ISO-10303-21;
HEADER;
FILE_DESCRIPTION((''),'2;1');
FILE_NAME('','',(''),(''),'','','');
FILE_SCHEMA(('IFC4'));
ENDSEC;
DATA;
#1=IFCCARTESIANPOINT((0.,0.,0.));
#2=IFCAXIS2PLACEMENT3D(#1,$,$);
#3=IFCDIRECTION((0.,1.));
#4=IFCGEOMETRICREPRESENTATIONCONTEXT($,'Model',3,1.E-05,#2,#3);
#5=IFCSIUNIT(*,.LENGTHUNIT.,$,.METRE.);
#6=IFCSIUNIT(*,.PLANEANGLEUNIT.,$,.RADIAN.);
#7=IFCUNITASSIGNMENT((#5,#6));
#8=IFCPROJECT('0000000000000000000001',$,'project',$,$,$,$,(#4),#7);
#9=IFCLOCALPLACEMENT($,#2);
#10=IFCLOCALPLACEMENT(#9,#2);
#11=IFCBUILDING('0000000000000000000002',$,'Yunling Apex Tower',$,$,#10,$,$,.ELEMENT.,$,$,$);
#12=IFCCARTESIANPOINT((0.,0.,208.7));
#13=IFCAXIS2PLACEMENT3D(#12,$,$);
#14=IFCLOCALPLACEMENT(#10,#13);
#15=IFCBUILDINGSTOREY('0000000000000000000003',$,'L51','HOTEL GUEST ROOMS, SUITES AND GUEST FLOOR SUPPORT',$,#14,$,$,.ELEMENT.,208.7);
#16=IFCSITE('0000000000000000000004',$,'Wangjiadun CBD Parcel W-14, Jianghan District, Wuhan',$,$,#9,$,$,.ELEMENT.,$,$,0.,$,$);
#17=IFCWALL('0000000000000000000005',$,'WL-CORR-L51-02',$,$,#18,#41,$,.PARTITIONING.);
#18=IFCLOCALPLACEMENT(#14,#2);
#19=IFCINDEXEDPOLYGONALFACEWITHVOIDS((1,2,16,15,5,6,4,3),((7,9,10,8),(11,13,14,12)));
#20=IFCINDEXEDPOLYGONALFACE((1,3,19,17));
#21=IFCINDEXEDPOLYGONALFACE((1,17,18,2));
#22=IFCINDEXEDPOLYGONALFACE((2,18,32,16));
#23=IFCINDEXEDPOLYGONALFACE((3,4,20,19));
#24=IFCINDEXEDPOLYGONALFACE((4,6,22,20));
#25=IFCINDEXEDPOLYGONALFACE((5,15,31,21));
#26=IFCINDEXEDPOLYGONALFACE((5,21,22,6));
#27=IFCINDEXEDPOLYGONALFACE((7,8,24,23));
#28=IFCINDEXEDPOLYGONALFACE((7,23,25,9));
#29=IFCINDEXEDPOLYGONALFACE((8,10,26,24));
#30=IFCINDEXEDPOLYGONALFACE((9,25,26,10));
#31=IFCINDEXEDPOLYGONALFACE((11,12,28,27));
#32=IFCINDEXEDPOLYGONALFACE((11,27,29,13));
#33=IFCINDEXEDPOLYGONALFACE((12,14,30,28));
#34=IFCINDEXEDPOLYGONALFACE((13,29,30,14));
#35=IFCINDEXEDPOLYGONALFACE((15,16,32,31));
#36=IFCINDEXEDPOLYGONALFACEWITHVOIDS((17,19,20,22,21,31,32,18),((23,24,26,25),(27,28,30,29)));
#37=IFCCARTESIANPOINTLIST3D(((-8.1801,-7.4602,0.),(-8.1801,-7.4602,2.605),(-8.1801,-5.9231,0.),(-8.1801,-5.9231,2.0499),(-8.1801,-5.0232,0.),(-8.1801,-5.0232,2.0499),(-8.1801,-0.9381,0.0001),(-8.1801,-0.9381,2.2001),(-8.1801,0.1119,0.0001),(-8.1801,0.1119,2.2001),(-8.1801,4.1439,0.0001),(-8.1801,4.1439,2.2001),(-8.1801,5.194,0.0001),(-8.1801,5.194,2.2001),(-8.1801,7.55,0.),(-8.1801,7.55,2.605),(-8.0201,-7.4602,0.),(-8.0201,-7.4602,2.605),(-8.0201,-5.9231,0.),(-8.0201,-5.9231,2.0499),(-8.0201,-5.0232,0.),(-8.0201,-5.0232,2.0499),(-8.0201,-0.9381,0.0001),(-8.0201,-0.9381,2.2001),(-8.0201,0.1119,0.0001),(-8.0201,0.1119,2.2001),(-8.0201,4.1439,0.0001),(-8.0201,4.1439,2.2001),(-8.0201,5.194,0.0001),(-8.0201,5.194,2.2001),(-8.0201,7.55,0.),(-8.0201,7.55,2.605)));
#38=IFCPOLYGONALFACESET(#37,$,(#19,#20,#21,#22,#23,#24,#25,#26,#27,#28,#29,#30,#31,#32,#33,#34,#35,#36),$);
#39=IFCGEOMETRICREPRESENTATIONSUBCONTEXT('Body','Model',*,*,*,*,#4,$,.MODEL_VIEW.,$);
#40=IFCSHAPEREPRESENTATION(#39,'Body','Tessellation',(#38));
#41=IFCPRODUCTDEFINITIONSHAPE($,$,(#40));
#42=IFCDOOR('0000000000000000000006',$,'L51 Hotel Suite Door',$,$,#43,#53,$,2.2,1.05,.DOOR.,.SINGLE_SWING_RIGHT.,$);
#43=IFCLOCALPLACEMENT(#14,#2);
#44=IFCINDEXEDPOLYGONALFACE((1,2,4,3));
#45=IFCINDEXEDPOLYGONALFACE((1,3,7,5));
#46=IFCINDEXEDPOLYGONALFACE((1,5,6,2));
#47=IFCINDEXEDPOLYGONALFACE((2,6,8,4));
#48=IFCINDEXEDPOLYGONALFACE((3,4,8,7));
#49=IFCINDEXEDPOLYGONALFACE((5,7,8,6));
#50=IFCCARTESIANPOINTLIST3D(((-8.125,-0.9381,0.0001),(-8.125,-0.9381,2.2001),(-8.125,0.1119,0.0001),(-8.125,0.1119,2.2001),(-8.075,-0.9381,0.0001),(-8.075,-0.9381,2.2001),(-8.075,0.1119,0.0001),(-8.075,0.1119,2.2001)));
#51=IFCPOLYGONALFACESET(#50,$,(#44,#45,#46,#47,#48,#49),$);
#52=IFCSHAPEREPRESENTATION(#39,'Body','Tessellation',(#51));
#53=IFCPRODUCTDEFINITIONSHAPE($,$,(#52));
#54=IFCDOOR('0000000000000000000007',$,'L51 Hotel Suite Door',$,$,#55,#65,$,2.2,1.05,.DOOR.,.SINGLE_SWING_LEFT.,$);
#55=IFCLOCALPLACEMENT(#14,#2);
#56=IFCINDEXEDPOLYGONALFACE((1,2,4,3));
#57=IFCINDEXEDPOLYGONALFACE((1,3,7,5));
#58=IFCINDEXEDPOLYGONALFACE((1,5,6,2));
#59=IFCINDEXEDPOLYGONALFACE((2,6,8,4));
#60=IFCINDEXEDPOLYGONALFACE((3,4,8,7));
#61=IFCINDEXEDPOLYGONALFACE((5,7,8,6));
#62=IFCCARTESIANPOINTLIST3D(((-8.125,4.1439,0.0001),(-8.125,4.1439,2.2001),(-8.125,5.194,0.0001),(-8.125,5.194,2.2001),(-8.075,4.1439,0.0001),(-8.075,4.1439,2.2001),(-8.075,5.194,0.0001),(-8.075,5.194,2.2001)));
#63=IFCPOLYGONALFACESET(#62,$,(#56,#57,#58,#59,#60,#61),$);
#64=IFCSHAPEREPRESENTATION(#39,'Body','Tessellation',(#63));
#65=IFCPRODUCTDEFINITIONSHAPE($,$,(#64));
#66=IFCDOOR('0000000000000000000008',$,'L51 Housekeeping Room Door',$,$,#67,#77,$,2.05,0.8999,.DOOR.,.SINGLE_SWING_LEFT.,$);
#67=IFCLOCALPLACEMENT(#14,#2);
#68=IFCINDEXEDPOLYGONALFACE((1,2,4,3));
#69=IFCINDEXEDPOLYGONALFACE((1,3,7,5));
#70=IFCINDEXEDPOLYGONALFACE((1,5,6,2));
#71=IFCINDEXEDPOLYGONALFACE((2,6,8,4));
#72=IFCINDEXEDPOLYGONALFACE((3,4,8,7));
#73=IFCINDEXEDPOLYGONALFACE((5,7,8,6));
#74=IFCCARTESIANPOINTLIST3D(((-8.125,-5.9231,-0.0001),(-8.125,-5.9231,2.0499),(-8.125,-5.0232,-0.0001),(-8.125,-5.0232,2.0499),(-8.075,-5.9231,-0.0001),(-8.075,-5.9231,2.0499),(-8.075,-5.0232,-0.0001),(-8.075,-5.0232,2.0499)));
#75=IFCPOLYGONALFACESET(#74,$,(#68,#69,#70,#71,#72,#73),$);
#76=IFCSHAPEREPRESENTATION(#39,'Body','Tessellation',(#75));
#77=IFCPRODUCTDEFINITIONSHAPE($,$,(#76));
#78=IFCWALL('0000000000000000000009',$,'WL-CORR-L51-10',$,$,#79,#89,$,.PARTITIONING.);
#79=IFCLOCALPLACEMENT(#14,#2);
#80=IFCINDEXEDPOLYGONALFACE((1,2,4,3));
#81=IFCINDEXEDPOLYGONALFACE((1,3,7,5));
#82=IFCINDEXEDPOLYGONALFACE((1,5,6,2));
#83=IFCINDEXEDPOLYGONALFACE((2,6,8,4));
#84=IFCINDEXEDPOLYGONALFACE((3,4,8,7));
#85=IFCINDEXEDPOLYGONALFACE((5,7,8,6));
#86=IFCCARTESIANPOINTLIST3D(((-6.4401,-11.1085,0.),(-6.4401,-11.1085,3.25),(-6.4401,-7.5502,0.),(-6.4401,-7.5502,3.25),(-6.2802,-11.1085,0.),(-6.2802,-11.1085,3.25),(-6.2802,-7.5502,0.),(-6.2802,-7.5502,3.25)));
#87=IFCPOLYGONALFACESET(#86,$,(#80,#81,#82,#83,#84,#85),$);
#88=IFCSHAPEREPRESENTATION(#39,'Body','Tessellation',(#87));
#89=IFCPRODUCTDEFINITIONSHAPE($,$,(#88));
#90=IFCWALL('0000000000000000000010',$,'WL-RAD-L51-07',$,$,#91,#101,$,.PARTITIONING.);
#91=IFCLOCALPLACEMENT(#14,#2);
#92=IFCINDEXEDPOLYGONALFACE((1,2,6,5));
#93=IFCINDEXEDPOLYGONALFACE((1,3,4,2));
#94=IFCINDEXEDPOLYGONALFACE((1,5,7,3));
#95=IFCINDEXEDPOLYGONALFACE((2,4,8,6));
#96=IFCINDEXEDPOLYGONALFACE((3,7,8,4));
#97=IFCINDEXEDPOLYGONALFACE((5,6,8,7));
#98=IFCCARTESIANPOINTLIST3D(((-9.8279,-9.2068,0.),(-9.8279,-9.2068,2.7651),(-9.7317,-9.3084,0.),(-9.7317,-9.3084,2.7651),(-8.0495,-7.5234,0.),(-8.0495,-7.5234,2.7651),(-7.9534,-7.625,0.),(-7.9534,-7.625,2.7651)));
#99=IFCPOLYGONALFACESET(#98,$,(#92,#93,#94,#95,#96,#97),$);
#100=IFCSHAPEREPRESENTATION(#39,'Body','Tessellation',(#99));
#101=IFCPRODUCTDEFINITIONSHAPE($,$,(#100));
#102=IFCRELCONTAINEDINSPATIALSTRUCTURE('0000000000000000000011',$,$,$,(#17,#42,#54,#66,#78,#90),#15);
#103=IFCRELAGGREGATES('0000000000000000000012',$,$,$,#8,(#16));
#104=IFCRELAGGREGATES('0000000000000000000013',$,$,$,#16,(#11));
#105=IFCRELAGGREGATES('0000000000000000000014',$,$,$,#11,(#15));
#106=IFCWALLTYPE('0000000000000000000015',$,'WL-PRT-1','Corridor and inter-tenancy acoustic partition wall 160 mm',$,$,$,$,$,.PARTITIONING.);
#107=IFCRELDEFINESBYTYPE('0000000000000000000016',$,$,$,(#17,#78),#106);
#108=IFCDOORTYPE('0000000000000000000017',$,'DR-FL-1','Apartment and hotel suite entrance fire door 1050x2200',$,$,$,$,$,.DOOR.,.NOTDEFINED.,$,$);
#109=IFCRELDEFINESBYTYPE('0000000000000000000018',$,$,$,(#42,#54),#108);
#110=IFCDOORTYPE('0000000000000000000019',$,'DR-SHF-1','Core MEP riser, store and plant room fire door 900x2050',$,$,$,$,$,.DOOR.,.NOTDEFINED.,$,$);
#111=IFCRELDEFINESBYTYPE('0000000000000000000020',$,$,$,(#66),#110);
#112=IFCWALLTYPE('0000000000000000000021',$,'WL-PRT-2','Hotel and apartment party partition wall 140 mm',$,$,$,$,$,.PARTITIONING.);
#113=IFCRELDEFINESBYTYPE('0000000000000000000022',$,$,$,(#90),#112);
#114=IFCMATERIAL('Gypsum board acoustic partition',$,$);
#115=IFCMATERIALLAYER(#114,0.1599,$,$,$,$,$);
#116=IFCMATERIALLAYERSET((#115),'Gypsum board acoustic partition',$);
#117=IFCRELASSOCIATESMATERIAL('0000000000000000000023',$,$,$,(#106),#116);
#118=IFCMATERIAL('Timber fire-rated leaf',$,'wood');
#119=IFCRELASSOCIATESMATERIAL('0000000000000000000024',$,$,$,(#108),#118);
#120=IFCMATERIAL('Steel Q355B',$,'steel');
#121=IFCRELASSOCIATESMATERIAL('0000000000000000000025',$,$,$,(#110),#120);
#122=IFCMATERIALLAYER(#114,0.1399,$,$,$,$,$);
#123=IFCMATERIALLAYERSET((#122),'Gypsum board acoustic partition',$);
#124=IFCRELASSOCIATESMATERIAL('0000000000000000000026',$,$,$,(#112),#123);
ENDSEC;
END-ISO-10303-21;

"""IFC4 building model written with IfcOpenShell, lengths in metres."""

from ifc_helpers import new_model, si_unit, direction, frame, frame_2d, origin, place, context, subcontext, project, spatial, rectangle, extrude, material, layer, layer_set, type_object, element, fill, save


model = new_model("IFC4")

# Units and contexts
model_context = context("Model", 3, precision=1e-05, world=origin(), true_north=direction((0.0, 1.0)))
body_context = subcontext(model_context, "Body", "Model", "MODEL_VIEW")
ifc_project = project(units=[si_unit("LENGTHUNIT", "METRE"), si_unit("PLANEANGLEUNIT", "RADIAN")], contexts=[model_context])

# Site, building, storey
site_placement = place(None, origin())
site = spatial("IfcSite", under=ifc_project, at=site_placement, Name="Wangjiadun CBD Parcel W-14, Jianghan District, Wuhan", CompositionType="ELEMENT", RefElevation=0.0)
building_placement = place(site_placement, origin())
building = spatial("IfcBuilding", under=site, at=building_placement, Name="Yunling Apex Tower", CompositionType="ELEMENT")
storey_placement = place(building_placement, frame((0.0, 0.0, 208.7)))
storey = spatial("IfcBuildingStorey", under=building, at=storey_placement, Name="L51", Description="HOTEL GUEST ROOMS, SUITES AND GUEST FLOOR SUPPORT", CompositionType="ELEMENT", Elevation=208.7)

# Shared definitions
ifc_material_1 = material(Name="Steel Q355B", Category="steel")

# Shared definitions
ifc_material_2 = material(Name="Gypsum board acoustic partition")
ifc_layer_1 = layer(ifc_material_2, 0.1599)
ifc_layer_set_1 = layer_set([ifc_layer_1], Name="Gypsum board acoustic partition")
wall_type_1 = type_object("IfcWallType", Name="WL-PRT-1", Description="Corridor and inter-tenancy acoustic partition wall 160 mm", PredefinedType="PARTITIONING", material=ifc_layer_set_1)

# Wall, openings, doors
wall_1_placement = place(storey_placement, frame((-8.1001, -7.4602, 0.0), z_axis=(0.0, 0.0, 1.0), x_axis=(0.0, 1.0, 0.0)))
wall_1 = element("IfcWall", 1, at=wall_1_placement, inside=storey, type_object=wall_type_1, Name="WL-CORR-L51-02", PredefinedType="PARTITIONING", context=body_context, shape_type="SweptSolid", body=[
    extrude(rectangle(XDim=15.0103, YDim=0.1599, at=frame_2d((7.5051, 0.0))), origin(), (0.0, 0.0, 1.0), 2.605),
])
opening_1_placement = place(wall_1_placement, frame((1.5371, 0.0, 0.0)))
opening_1 = element("IfcOpeningElement", 2, at=opening_1_placement, cuts=wall_1, PredefinedType="OPENING", context=body_context, shape_type="SweptSolid", body=[
    extrude(rectangle(XDim=0.8999, YDim=2.05, at=frame_2d((0.45, 1.0249))), frame((0.0, 0.0898, 0.0), z_axis=(0.0, -1.0, 0.0), x_axis=(1.0, 0.0, 0.0)), (0.0, 0.0, 1.0), 0.1799),
])
opening_2_placement = place(wall_1_placement, frame((6.5222, 0.0, 0.0)))
opening_2 = element("IfcOpeningElement", 3, at=opening_2_placement, cuts=wall_1, PredefinedType="OPENING", context=body_context, shape_type="SweptSolid", body=[
    extrude(rectangle(XDim=1.05, YDim=2.2, at=frame_2d((0.5249, 1.1001))), frame((0.0, 0.0898, 0.0), z_axis=(0.0, -1.0, 0.0), x_axis=(1.0, 0.0, 0.0)), (0.0, 0.0, 1.0), 0.1799),
])
opening_3_placement = place(wall_1_placement, frame((11.6042, 0.0, 0.0)))
opening_3 = element("IfcOpeningElement", 4, at=opening_3_placement, cuts=wall_1, PredefinedType="OPENING", context=body_context, shape_type="SweptSolid", body=[
    extrude(rectangle(XDim=1.05, YDim=2.2, at=frame_2d((0.5249, 1.1001))), frame((0.0, 0.0898, 0.0), z_axis=(0.0, -1.0, 0.0), x_axis=(1.0, 0.0, 0.0)), (0.0, 0.0, 1.0), 0.1799),
])
ifc_material_3 = material(Name="Timber fire-rated leaf", Category="wood")
door_type_1 = type_object("IfcDoorType", Name="DR-FL-1", Description="Apartment and hotel suite entrance fire door 1050x2200", OperationType="NOTDEFINED", PredefinedType="DOOR", material=ifc_material_3)
door_1_placement = place(opening_2_placement, origin())
door_1 = element("IfcDoor", 5, at=door_1_placement, inside=storey, type_object=door_type_1, Name="L51 Hotel Suite Door", OperationType="SINGLE_SWING_RIGHT", OverallHeight=2.2, OverallWidth=1.05, PredefinedType="DOOR", context=body_context, shape_type="SweptSolid", body=[
    extrude(rectangle(XDim=1.05, YDim=2.2, at=frame_2d((0.5249, 1.1001))), frame((0.0, 0.0249, 0.0), z_axis=(0.0, -1.0, 0.0), x_axis=(1.0, 0.0, 0.0)), (0.0, 0.0, 1.0), 0.05),
])
fill(opening_2, door_1)
door_2_placement = place(opening_3_placement, origin())
door_2 = element("IfcDoor", 6, at=door_2_placement, inside=storey, type_object=door_type_1, Name="L51 Hotel Suite Door", OperationType="SINGLE_SWING_LEFT", OverallHeight=2.2, OverallWidth=1.05, PredefinedType="DOOR", context=body_context, shape_type="SweptSolid", body=[
    extrude(rectangle(XDim=1.05, YDim=2.2, at=frame_2d((0.5249, 1.1001))), frame((0.0, 0.0249, 0.0), z_axis=(0.0, -1.0, 0.0), x_axis=(1.0, 0.0, 0.0)), (0.0, 0.0, 1.0), 0.05),
])
fill(opening_3, door_2)
door_type_2 = type_object("IfcDoorType", Name="DR-SHF-1", Description="Core MEP riser, store and plant room fire door 900x2050", OperationType="NOTDEFINED", PredefinedType="DOOR", material=ifc_material_1)
door_3_placement = place(opening_1_placement, origin())
door_3 = element("IfcDoor", 7, at=door_3_placement, inside=storey, type_object=door_type_2, Name="L51 Housekeeping Room Door", OperationType="SINGLE_SWING_LEFT", OverallHeight=2.05, OverallWidth=0.8999, PredefinedType="DOOR", context=body_context, shape_type="SweptSolid", body=[
    extrude(rectangle(XDim=0.8999, YDim=2.05, at=frame_2d((0.45, 1.0249))), frame((0.0, 0.0249, 0.0), z_axis=(0.0, -1.0, 0.0), x_axis=(1.0, 0.0, 0.0)), (0.0, 0.0, 1.0), 0.05),
])
fill(opening_1, door_3)

# Walls
wall_2_placement = place(storey_placement, frame((-6.3601, -7.55, 0.0), z_axis=(0.0, 0.0, 1.0), x_axis=(0.0, -1.0, 0.0)))
element("IfcWall", 8, at=wall_2_placement, inside=storey, type_object=wall_type_1, Name="WL-CORR-L51-10", PredefinedType="PARTITIONING", context=body_context, shape_type="SweptSolid", body=[
    extrude(rectangle(XDim=3.5583, YDim=0.1599, at=frame_2d((1.7793, 0.0))), origin(), (0.0, 0.0, 1.0), 3.25),
])
ifc_layer_2 = layer(ifc_material_2, 0.1399)
ifc_layer_set_2 = layer_set([ifc_layer_2], Name="Gypsum board acoustic partition")
wall_type_2 = type_object("IfcWallType", Name="WL-PRT-2", Description="Hotel and apartment party partition wall 140 mm", PredefinedType="PARTITIONING", material=ifc_layer_set_2)
wall_3_placement = place(storey_placement, frame((-8.0015, -7.5742, 0.0), z_axis=(0.0, 0.0, 1.0), x_axis=(-0.726233, -0.687449, 0.0)))
element("IfcWall", 9, at=wall_3_placement, inside=storey, type_object=wall_type_2, Name="WL-RAD-L51-07", PredefinedType="PARTITIONING", context=body_context, shape_type="SweptSolid", body=[
    extrude(rectangle(XDim=2.4487, YDim=0.1399, at=frame_2d((1.2244, 0.0))), origin(), (0.0, 0.0, 1.0), 2.7651),
])

save(model, "model.ifc")
